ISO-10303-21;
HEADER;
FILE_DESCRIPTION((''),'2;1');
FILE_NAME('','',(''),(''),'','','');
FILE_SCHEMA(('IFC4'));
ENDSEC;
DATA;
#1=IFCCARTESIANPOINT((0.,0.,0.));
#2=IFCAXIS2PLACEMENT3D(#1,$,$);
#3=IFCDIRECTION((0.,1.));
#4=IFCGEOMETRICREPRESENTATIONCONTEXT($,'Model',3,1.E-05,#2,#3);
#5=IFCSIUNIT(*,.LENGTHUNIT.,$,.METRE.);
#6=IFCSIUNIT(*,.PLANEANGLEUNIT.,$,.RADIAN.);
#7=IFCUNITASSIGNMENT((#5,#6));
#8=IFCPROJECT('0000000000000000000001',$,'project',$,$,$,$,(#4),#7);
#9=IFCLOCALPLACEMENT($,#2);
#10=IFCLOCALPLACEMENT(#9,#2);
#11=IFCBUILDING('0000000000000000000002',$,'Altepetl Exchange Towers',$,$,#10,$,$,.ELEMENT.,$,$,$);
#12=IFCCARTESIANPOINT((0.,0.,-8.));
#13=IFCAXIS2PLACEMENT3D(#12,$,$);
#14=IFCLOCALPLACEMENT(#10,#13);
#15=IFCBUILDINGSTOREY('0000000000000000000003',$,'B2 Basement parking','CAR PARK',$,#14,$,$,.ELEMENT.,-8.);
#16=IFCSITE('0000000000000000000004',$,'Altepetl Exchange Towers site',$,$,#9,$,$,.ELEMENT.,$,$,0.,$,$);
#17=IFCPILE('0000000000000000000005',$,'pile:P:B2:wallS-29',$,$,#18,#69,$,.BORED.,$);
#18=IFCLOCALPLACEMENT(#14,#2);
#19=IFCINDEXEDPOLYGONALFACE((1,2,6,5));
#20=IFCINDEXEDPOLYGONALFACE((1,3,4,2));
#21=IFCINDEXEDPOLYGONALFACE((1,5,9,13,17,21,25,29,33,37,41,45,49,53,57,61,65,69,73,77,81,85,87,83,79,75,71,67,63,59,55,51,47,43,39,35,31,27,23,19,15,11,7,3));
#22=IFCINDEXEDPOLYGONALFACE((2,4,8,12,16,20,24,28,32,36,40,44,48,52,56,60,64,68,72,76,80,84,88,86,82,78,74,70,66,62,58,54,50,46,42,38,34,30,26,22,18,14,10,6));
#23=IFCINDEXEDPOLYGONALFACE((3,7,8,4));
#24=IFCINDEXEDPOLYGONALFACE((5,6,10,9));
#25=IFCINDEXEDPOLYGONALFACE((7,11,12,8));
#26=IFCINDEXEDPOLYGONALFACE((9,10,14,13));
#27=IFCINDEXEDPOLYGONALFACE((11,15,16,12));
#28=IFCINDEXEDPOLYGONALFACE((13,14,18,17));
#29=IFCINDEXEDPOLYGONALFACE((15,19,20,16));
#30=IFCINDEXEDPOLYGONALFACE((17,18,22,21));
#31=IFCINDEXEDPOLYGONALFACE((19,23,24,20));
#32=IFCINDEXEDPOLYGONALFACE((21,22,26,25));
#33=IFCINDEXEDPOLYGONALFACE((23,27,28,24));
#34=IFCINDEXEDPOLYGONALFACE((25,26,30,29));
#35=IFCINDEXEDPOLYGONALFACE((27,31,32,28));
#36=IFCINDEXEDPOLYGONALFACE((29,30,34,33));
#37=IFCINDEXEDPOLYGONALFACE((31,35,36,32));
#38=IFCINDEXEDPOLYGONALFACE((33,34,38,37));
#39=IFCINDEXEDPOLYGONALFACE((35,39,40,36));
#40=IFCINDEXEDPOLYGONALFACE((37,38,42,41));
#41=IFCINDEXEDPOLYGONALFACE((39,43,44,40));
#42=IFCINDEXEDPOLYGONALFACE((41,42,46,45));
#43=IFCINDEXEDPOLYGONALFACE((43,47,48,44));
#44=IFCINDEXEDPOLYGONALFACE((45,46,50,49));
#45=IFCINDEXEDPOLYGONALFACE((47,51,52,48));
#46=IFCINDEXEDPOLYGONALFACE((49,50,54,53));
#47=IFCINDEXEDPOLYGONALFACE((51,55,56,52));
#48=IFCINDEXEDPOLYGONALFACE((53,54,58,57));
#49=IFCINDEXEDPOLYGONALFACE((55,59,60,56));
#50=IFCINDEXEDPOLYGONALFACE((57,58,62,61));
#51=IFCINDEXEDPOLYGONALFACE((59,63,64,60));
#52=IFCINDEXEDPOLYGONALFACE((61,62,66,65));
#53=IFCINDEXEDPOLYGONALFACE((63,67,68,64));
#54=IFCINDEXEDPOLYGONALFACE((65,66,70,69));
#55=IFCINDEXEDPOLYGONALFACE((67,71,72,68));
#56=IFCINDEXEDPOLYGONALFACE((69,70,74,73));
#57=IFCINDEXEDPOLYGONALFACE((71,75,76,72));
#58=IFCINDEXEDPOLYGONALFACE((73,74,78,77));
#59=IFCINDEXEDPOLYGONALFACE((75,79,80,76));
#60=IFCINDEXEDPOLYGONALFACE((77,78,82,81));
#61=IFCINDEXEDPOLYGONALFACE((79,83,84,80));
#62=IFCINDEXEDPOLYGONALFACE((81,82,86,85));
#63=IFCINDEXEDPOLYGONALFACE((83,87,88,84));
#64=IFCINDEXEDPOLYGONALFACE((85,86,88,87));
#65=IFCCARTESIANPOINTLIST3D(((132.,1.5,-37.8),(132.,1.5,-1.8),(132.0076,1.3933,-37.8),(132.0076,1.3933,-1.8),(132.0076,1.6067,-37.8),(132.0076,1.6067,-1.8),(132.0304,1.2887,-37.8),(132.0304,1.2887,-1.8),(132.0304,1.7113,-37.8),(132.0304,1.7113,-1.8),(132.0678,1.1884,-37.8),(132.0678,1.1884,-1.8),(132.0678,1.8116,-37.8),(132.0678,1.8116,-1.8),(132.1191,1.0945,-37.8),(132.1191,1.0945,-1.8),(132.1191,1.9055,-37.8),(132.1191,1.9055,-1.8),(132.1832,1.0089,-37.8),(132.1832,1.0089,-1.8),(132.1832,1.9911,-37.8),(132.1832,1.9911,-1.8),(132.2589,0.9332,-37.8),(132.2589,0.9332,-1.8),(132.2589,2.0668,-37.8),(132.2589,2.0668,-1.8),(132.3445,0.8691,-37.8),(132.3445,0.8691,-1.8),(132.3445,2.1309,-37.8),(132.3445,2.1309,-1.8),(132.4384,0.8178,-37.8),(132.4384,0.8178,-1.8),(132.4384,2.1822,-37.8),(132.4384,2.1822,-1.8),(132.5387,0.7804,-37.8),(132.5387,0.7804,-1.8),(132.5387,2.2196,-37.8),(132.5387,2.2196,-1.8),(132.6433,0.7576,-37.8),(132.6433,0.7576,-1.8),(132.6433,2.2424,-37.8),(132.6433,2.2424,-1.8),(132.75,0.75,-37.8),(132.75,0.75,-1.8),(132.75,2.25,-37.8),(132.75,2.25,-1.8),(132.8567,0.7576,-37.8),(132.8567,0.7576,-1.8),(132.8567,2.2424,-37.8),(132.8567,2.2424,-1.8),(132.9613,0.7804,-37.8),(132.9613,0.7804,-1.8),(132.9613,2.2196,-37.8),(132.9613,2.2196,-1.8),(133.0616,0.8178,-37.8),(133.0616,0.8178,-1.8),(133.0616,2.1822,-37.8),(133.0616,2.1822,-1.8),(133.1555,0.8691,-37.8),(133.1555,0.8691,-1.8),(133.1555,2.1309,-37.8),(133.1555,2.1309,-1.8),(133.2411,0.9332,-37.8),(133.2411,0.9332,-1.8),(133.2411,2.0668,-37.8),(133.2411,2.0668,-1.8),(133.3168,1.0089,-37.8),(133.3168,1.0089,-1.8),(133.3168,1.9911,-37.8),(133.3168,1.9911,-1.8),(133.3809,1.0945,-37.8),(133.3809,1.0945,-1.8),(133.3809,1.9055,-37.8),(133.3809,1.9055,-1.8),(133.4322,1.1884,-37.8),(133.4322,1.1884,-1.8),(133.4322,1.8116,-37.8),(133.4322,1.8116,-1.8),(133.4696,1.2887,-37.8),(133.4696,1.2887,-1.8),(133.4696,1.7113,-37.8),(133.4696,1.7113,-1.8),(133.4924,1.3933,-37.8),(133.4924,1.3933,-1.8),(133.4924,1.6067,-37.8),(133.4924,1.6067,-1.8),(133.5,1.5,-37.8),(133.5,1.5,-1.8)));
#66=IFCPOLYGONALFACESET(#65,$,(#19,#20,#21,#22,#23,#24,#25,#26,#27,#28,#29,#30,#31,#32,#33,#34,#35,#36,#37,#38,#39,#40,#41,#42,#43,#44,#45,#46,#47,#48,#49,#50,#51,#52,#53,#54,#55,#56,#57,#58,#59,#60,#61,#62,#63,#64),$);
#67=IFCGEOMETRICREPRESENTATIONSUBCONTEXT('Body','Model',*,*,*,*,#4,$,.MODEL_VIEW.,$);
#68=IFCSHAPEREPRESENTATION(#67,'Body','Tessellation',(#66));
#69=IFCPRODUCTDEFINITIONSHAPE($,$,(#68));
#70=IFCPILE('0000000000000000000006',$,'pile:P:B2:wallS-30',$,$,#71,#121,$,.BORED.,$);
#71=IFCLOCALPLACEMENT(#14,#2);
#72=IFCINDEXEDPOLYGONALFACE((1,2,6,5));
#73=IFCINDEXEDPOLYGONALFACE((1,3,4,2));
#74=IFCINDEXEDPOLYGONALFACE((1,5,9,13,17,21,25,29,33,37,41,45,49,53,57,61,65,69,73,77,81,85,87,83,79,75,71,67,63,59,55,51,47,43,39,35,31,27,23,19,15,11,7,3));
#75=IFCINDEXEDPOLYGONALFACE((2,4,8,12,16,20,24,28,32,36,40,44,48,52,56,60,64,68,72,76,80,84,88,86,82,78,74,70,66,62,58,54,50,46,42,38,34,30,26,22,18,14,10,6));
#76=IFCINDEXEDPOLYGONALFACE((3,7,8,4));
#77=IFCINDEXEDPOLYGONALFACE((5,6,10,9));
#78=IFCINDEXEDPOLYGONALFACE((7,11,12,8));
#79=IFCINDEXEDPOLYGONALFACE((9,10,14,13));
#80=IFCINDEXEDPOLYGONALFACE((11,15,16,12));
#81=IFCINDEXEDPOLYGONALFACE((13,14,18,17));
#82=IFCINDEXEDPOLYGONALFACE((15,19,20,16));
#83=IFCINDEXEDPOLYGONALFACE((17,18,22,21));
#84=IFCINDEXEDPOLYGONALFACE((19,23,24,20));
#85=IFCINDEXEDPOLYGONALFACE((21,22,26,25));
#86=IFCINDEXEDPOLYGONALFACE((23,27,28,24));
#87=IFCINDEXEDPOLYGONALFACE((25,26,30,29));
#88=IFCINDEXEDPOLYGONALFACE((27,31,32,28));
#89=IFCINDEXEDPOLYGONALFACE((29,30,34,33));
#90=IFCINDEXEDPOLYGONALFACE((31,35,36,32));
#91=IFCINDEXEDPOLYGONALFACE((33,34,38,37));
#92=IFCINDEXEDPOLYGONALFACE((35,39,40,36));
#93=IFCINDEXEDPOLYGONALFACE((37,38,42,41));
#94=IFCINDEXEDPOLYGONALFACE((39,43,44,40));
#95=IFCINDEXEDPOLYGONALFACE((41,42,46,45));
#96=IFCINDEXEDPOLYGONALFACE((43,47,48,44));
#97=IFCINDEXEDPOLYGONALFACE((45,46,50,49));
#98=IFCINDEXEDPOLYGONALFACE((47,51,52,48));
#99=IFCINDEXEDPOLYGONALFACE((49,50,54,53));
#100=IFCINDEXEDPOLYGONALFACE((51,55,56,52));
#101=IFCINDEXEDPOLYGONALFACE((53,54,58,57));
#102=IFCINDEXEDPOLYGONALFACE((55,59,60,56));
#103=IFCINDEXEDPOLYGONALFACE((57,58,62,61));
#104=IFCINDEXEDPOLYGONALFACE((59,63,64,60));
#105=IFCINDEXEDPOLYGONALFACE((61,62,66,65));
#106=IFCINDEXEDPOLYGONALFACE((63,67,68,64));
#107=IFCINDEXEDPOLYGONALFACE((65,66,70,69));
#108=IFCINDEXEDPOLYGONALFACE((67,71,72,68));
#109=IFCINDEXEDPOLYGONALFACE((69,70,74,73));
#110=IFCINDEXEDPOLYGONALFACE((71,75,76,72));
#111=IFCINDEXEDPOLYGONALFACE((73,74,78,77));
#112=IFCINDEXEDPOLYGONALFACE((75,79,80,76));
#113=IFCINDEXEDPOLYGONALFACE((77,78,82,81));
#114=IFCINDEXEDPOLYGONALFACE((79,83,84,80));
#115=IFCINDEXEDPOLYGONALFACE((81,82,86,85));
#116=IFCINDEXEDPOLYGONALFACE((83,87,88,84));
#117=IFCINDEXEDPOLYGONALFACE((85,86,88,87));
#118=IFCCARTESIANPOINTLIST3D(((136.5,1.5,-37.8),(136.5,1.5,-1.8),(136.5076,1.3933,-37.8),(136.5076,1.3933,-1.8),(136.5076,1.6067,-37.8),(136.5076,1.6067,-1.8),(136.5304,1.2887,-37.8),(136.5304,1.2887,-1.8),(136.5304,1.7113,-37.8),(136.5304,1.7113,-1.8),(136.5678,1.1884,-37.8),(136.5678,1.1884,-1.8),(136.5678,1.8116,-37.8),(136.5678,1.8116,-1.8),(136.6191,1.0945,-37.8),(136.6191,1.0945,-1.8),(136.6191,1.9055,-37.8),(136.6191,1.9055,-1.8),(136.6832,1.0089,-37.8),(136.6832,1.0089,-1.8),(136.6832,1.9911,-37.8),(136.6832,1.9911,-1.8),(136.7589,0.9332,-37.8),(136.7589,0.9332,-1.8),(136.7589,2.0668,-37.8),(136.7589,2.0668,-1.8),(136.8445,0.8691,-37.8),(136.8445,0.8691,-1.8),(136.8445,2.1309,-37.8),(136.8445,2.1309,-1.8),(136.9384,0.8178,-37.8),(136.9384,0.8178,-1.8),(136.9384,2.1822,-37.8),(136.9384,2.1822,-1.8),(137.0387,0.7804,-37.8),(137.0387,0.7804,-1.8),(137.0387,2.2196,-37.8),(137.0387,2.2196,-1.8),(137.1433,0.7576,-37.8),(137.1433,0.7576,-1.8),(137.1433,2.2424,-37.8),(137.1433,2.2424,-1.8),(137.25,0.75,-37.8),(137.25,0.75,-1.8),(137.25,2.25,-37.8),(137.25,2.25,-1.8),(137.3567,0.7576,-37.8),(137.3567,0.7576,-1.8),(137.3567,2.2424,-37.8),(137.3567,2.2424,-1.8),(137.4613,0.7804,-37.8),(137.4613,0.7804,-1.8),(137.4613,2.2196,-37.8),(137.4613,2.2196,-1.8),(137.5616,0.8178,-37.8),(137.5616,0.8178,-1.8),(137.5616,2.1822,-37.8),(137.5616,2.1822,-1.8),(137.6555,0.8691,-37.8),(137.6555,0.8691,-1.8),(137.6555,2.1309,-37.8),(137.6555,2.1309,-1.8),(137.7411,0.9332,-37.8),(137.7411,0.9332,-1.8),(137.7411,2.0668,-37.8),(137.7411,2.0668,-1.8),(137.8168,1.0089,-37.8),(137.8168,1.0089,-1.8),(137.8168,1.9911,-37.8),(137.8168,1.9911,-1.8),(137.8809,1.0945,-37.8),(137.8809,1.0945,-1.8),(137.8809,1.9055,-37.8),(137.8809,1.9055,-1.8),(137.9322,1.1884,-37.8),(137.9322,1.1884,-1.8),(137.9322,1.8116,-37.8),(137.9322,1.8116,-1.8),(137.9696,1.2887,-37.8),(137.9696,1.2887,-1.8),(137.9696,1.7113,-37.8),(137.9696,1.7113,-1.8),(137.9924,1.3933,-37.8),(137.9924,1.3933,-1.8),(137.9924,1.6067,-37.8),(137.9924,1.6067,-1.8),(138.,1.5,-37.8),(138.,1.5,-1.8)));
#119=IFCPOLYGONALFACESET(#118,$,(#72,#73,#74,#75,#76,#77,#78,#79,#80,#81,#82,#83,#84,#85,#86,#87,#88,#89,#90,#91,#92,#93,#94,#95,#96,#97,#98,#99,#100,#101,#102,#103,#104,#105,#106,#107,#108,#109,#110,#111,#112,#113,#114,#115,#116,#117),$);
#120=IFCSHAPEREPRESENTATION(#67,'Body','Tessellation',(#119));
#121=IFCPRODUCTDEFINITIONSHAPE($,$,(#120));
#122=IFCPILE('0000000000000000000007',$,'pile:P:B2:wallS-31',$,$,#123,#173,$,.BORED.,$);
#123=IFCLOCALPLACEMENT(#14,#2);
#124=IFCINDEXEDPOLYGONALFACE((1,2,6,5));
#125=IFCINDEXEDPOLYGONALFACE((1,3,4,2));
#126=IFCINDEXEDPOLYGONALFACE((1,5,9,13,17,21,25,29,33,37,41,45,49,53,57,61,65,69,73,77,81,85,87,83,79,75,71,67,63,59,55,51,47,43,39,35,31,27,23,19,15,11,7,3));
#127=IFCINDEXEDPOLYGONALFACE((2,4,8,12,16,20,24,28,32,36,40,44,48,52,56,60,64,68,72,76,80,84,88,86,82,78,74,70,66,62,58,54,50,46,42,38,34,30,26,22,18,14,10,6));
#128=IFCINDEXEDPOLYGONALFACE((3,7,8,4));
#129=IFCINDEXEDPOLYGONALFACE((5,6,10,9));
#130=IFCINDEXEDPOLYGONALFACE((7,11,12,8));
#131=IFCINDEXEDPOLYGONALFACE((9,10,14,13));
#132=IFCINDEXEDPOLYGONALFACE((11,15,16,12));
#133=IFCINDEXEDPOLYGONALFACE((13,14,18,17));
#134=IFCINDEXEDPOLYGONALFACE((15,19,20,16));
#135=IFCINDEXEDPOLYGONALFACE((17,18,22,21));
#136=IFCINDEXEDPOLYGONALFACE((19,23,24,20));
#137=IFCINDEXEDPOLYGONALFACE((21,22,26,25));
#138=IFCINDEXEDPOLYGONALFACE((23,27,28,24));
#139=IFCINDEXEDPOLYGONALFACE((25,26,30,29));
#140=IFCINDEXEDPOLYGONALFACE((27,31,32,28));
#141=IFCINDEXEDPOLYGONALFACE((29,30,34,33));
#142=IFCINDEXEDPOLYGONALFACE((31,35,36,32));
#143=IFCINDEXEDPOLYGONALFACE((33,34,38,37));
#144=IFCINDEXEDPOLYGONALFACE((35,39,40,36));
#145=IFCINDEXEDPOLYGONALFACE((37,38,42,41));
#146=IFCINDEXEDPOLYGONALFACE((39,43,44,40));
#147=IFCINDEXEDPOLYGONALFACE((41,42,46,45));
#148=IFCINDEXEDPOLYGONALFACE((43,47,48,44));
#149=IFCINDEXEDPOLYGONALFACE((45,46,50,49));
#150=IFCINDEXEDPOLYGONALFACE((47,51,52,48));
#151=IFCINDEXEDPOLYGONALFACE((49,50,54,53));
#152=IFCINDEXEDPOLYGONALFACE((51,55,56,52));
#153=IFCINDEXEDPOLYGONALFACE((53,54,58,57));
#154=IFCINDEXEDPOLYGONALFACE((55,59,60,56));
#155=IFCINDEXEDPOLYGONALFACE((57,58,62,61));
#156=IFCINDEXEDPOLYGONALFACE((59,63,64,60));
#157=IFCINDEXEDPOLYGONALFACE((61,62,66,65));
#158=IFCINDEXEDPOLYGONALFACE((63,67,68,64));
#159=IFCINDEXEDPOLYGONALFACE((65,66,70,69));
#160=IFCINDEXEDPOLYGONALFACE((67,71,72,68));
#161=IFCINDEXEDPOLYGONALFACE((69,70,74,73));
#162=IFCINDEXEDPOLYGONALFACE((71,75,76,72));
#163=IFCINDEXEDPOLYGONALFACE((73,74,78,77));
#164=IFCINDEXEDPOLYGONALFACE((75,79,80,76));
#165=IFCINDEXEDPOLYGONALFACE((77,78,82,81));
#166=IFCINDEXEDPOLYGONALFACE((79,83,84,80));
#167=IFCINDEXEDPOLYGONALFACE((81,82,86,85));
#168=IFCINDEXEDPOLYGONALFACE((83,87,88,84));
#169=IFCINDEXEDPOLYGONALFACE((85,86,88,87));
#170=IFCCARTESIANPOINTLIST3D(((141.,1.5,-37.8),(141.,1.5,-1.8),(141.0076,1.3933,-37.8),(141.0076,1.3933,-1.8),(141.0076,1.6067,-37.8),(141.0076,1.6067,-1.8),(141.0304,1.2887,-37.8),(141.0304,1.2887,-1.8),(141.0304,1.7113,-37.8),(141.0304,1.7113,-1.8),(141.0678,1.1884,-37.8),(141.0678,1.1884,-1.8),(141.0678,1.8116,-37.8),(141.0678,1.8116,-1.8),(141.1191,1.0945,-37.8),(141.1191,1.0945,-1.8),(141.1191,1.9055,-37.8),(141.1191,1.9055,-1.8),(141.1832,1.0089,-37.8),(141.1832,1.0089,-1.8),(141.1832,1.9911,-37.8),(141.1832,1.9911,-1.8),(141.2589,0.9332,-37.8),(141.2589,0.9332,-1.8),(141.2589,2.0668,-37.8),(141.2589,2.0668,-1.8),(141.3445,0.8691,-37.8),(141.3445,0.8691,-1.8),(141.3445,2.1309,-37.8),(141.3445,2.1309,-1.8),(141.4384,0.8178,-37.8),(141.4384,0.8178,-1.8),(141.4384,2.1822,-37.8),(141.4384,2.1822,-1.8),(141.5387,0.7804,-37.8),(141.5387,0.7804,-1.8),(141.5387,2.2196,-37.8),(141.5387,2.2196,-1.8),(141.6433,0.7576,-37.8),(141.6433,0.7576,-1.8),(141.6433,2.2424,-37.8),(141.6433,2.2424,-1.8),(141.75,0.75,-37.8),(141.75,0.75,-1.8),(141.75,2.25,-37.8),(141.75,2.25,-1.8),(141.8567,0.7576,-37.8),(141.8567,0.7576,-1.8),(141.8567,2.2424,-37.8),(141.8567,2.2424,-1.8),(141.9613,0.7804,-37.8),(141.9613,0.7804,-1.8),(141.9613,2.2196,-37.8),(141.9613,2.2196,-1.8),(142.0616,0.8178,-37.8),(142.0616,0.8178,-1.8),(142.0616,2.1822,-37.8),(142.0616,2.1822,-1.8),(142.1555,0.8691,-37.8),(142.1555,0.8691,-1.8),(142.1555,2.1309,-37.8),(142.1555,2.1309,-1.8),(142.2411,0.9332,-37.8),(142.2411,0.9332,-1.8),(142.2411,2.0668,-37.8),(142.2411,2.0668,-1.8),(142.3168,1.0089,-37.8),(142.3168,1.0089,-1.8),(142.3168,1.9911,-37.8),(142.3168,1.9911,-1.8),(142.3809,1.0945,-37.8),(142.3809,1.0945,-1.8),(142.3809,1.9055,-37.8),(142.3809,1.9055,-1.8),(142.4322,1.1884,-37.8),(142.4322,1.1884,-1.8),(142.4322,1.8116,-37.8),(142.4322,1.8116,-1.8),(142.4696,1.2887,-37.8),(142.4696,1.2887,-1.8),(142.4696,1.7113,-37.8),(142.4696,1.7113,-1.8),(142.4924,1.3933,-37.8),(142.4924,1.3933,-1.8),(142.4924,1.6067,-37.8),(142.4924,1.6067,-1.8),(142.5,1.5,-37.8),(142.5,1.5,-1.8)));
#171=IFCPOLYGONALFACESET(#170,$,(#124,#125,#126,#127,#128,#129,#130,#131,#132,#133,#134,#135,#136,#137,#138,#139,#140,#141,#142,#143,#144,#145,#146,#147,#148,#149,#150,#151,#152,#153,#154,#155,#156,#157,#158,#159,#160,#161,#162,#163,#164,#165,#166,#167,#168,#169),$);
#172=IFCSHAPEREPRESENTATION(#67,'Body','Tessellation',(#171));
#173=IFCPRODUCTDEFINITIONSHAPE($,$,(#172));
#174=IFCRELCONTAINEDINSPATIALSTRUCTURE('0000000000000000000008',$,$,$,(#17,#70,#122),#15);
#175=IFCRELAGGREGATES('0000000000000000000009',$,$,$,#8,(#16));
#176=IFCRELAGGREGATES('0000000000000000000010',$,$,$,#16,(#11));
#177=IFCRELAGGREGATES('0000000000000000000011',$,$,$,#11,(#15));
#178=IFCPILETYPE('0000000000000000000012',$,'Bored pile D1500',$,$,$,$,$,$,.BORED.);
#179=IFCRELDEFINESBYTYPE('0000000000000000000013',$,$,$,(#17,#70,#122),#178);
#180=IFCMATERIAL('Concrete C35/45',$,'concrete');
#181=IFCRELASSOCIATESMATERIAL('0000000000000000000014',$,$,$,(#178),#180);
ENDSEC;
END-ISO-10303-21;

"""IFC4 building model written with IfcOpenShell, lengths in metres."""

from ifc_helpers import new_model, si_unit, direction, frame, origin, origin_2d, place, context, subcontext, project, spatial, circle, extrude, material, material_profile, profile_set, type_object, element, save


model = new_model("IFC4")

# Units and contexts
model_context = context("Model", 3, precision=1e-05, world=origin(), true_north=direction((0.0, 1.0)))
body_context = subcontext(model_context, "Body", "Model", "MODEL_VIEW")
ifc_project = project(units=[si_unit("LENGTHUNIT", "METRE"), si_unit("PLANEANGLEUNIT", "RADIAN")], contexts=[model_context])

# Site, building, storey
site_placement = place(None, origin())
site = spatial("IfcSite", under=ifc_project, at=site_placement, Name="Altepetl Exchange Towers site", CompositionType="ELEMENT", RefElevation=0.0)
building_placement = place(site_placement, origin())
building = spatial("IfcBuilding", under=site, at=building_placement, Name="Altepetl Exchange Towers", CompositionType="ELEMENT")
storey_placement = place(building_placement, frame((0.0, 0.0, -8.0)))
storey = spatial("IfcBuildingStorey", under=building, at=storey_placement, Name="B2 Basement parking", Description="CAR PARK", CompositionType="ELEMENT", Elevation=-8.0)

# Piles
ifc_material_1 = material(Name="Concrete C35/45", Category="concrete")
ifc_material_profile_1 = material_profile(ifc_material_1, circle(Radius=0.75, at=origin_2d()), Name="D1500")
ifc_profile_set_1 = profile_set([ifc_material_profile_1], Name="Concrete C35/45")
pile_type_1 = type_object("IfcPileType", Name="Bored pile D1500", PredefinedType="BORED", material=ifc_profile_set_1)
for number, where, z_axis, x_axis, name in (
    (1, (132.75, 1.5, -1.8), (0.0, 0.0, -1.0), (1.0, 0.0, 0.0), "pile:P:B2:wallS-29"),
    (2, (137.25, 1.5, -1.8), (0.0, 0.0, -1.0), (1.0, 0.0, 0.0), "pile:P:B2:wallS-30"),
    (3, (141.75, 1.5, -1.8), (0.0, 0.0, -1.0), (1.0, 0.0, 0.0), "pile:P:B2:wallS-31"),
):
    element("IfcPile", number, at=place(storey_placement, frame(where, z_axis=z_axis, x_axis=x_axis)), inside=storey, type_object=pile_type_1, Name=name, PredefinedType="BORED", context=body_context, shape_type="SweptSolid", body=[
        extrude(circle(Radius=0.75, at=origin_2d()), origin(), (0.0, 0.0, 1.0), 36.0),
    ])

save(model, "model.ifc")
